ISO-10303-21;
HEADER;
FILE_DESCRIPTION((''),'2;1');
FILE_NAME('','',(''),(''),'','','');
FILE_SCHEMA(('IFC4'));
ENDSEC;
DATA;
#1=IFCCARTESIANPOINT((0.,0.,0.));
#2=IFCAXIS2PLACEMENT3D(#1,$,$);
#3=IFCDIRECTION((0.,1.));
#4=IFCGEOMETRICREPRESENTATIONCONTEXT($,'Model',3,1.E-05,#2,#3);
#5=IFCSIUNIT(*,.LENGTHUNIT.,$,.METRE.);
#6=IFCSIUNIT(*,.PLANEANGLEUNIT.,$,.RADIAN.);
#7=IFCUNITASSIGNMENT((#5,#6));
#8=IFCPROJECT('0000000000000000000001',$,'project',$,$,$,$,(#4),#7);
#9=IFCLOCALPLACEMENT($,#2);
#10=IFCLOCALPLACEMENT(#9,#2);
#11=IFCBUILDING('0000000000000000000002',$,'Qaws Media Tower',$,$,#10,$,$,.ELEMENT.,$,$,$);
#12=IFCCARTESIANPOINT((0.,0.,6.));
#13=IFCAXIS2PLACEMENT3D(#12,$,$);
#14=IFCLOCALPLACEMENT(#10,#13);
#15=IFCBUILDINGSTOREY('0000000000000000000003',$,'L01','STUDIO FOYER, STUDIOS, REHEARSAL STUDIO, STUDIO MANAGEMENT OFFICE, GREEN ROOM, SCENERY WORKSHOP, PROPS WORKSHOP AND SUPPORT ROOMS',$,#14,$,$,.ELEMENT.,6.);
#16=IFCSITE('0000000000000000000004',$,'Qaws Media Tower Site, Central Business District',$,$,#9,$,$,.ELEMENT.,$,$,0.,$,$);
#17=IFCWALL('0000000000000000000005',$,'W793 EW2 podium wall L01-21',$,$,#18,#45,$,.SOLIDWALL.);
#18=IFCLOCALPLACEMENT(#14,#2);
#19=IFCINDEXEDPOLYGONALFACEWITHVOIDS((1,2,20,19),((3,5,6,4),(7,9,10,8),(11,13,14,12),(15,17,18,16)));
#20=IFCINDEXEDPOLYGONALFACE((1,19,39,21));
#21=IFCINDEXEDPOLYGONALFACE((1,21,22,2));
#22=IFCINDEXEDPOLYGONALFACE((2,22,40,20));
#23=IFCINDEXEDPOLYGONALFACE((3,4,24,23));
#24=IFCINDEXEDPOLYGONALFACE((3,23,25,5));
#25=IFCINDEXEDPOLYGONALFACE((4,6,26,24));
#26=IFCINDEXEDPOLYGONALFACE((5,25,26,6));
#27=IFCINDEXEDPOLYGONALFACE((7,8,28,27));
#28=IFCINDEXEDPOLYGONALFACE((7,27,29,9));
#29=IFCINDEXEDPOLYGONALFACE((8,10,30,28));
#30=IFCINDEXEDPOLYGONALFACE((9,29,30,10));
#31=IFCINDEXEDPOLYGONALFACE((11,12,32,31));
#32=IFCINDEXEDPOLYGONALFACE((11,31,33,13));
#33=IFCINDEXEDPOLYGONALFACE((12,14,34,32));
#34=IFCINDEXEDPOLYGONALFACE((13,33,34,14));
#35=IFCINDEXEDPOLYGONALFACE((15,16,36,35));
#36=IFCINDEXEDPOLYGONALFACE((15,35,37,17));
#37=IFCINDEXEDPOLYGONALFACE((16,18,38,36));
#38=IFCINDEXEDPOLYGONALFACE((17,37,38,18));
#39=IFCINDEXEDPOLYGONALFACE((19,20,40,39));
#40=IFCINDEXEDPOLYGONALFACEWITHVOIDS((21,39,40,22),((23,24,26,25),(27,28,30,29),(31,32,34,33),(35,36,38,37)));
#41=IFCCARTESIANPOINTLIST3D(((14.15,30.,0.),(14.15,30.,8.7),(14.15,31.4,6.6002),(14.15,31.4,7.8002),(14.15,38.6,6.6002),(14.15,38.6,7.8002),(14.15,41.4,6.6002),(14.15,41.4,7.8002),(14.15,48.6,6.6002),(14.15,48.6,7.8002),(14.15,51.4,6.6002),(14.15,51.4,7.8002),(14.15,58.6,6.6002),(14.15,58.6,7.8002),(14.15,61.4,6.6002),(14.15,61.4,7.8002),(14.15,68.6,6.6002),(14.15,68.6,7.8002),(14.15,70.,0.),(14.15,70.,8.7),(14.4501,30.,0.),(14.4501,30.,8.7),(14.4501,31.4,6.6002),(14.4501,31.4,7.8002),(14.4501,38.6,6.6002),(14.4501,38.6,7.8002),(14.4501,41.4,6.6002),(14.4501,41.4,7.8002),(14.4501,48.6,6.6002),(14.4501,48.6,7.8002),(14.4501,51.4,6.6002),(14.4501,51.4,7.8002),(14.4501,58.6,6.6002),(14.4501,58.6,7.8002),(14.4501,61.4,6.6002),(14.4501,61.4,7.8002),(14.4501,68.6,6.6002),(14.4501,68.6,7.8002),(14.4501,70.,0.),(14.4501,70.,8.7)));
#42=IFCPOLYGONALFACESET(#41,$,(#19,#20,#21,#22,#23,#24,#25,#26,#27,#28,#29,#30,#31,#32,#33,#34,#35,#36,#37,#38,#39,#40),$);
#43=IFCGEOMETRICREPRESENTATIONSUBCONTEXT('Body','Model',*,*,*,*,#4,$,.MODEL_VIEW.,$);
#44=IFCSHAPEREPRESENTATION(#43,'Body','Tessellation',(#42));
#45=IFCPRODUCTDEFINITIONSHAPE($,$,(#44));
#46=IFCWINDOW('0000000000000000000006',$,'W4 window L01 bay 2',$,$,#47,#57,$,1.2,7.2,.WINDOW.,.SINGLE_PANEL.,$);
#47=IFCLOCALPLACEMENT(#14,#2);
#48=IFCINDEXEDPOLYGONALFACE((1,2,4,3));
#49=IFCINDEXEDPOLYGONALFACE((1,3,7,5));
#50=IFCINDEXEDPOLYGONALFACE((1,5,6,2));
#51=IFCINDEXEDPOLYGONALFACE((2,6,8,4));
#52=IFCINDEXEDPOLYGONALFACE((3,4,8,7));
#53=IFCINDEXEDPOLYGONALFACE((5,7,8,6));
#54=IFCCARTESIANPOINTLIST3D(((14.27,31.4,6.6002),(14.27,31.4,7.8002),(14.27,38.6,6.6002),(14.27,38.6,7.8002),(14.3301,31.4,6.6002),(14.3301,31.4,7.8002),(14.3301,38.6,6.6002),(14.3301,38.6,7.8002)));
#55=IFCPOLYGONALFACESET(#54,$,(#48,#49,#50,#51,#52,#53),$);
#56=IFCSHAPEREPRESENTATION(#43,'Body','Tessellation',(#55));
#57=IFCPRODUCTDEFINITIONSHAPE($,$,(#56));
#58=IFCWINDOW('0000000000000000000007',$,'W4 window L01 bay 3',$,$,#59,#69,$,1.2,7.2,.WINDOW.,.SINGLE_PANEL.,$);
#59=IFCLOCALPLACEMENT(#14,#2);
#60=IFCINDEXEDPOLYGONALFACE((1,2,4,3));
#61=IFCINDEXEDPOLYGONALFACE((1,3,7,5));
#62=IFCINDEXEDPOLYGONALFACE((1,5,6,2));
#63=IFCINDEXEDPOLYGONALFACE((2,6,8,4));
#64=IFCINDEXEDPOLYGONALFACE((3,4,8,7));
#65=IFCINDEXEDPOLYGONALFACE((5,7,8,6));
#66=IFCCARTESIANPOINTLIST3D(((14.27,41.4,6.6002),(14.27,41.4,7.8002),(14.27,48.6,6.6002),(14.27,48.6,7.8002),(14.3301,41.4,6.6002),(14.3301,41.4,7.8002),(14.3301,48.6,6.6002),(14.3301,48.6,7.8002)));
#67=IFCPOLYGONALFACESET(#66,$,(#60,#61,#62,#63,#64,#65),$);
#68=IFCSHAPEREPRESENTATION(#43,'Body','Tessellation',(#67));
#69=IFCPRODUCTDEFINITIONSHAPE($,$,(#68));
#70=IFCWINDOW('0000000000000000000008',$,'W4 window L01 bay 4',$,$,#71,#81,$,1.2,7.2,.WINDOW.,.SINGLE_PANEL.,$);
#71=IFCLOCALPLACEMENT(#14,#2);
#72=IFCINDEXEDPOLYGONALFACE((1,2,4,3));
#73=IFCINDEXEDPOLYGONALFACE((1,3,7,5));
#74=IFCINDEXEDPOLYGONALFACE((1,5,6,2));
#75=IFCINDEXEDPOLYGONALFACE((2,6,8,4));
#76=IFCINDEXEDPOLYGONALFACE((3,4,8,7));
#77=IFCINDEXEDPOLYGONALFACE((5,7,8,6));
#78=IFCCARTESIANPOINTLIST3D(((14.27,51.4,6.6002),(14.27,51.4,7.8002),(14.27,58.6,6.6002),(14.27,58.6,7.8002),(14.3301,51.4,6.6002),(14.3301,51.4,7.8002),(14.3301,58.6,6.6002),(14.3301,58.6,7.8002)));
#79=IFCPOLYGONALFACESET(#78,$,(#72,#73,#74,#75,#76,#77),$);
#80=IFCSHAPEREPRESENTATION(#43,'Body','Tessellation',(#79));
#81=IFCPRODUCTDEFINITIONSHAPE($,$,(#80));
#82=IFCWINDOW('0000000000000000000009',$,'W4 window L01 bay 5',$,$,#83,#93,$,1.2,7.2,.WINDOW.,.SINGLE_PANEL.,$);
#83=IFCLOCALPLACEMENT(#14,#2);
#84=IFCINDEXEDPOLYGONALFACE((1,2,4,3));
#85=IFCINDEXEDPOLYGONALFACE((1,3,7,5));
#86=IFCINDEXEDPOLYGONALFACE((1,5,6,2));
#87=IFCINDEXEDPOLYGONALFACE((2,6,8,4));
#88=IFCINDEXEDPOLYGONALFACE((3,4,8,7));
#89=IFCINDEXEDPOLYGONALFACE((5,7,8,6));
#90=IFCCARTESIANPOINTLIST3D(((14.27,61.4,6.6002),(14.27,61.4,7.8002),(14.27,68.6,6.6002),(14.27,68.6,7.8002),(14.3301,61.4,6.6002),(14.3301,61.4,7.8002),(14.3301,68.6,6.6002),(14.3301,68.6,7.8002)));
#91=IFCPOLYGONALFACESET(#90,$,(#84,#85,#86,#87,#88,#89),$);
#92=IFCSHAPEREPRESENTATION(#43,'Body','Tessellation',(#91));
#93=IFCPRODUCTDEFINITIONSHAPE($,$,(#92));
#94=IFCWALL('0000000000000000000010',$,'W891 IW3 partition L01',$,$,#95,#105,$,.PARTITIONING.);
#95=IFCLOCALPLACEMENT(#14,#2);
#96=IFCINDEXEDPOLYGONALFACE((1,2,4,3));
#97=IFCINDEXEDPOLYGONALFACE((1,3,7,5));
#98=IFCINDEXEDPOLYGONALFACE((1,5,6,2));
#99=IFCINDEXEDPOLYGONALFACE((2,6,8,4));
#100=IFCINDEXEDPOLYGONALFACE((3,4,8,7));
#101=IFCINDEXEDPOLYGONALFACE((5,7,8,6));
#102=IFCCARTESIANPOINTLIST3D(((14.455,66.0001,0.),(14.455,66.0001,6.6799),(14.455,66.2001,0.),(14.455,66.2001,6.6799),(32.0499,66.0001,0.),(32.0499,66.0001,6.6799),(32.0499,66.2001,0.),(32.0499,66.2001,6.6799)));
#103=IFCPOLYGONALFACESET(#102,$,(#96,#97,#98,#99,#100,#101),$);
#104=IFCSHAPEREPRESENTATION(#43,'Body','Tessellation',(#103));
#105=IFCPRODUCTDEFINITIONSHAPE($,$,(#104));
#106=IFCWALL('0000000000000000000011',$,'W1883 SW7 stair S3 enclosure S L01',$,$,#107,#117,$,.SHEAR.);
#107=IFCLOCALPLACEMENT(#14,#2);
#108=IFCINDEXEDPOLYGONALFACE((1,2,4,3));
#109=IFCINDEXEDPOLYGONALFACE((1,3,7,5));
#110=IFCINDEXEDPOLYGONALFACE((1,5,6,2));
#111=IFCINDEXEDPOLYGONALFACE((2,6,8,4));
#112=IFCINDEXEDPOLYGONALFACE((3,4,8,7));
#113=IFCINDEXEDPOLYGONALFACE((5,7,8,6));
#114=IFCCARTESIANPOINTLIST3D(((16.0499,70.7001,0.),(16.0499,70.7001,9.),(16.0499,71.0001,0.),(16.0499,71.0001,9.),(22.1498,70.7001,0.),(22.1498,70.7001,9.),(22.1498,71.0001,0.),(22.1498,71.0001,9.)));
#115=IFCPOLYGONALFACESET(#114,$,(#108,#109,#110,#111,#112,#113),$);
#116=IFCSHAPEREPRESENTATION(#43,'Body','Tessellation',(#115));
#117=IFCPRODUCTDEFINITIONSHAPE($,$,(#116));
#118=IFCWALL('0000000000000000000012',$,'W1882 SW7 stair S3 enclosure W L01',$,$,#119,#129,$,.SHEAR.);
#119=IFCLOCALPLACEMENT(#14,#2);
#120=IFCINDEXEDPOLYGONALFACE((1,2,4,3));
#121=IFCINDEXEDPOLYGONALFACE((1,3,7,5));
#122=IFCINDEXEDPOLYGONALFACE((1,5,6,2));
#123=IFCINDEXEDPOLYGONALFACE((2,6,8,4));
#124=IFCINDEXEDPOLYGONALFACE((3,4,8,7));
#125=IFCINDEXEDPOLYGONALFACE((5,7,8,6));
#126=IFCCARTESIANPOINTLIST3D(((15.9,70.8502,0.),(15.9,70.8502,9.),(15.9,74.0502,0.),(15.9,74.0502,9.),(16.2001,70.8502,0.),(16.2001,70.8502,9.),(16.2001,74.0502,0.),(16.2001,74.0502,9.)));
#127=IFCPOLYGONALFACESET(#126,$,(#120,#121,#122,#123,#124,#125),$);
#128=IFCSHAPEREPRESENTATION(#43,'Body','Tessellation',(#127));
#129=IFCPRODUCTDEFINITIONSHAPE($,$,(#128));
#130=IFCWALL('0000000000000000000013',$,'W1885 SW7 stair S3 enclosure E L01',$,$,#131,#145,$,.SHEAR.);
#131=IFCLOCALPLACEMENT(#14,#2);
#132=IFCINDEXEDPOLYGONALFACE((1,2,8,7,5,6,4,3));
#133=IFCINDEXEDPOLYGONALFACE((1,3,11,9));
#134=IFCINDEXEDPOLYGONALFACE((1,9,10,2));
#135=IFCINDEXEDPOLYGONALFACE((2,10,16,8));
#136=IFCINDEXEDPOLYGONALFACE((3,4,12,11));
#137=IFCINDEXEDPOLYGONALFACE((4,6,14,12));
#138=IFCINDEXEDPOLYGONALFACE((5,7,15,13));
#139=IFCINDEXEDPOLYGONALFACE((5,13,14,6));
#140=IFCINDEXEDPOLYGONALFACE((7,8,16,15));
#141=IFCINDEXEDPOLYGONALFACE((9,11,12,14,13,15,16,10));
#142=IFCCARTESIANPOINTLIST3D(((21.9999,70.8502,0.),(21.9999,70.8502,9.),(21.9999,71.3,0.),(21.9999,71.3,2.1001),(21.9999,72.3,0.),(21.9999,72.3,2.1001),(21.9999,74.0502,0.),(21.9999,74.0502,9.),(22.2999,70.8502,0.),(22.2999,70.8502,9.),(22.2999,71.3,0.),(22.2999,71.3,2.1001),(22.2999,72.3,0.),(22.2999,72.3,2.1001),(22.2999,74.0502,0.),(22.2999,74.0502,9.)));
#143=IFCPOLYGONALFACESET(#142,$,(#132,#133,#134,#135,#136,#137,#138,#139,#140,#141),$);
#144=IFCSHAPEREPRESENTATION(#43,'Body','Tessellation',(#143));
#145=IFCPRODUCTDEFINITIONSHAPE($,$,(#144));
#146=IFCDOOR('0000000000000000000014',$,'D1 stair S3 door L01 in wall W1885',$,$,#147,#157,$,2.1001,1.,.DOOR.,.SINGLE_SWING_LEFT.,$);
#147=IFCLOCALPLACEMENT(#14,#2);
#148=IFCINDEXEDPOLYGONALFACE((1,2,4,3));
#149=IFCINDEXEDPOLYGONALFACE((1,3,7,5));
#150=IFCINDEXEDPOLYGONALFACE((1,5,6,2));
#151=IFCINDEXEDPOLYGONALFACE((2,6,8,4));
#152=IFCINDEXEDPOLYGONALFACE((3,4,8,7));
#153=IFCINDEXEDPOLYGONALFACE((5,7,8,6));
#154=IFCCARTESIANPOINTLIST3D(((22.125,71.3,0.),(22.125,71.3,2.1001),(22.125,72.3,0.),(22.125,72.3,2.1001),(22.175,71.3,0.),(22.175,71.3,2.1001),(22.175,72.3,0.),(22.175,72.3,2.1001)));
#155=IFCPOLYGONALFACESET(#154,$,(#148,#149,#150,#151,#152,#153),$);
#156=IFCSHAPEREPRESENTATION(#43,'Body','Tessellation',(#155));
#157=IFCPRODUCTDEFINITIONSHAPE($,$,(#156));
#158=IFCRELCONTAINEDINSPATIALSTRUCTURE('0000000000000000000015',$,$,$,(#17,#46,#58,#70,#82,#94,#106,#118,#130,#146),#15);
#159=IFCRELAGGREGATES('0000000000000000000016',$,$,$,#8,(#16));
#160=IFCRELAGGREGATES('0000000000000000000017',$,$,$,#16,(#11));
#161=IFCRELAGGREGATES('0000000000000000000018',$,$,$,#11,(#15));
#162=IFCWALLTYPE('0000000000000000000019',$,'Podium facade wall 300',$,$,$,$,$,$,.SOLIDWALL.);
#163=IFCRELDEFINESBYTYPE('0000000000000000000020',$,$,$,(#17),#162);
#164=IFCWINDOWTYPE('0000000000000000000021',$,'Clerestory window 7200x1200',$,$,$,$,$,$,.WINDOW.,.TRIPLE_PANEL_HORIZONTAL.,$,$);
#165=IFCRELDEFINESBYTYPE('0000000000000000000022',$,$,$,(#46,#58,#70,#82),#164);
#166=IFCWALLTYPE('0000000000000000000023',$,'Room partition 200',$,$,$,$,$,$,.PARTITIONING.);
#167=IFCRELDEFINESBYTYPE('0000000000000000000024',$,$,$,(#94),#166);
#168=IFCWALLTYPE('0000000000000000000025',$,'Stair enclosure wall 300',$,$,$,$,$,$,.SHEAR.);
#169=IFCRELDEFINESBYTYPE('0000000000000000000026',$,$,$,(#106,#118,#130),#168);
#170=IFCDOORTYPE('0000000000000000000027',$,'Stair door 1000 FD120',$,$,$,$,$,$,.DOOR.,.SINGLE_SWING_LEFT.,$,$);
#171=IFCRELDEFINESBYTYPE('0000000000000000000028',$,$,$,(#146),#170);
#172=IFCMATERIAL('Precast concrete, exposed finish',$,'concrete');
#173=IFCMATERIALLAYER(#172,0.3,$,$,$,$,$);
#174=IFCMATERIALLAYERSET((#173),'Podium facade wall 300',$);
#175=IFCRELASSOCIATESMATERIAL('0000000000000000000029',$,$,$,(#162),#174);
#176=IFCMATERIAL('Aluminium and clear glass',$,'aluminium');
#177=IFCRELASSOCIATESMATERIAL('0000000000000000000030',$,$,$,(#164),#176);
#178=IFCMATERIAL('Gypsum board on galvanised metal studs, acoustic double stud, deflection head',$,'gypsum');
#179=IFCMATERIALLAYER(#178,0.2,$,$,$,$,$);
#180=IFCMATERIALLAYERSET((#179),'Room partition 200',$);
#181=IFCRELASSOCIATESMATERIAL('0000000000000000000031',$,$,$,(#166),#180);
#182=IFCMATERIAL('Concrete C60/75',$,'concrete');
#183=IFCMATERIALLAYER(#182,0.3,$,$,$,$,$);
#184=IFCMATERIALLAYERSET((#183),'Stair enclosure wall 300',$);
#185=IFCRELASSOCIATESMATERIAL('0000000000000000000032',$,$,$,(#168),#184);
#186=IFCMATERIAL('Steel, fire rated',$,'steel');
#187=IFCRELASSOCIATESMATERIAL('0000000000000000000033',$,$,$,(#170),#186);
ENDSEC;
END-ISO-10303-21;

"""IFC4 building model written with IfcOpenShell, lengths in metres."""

from ifc_helpers import new_model, si_unit, direction, frame, frame_2d, origin, place, context, subcontext, project, spatial, rectangle, extrude, material, layer, layer_set, type_object, element, fill, save


model = new_model("IFC4")

# Units and contexts
model_context = context("Model", 3, precision=1e-05, world=origin(), true_north=direction((0.0, 1.0)))
body_context = subcontext(model_context, "Body", "Model", "MODEL_VIEW")
ifc_project = project(units=[si_unit("LENGTHUNIT", "METRE"), si_unit("PLANEANGLEUNIT", "RADIAN")], contexts=[model_context])

# Site, building, storey
site_placement = place(None, origin())
site = spatial("IfcSite", under=ifc_project, at=site_placement, Name="Qaws Media Tower Site, Central Business District", CompositionType="ELEMENT", RefElevation=0.0)
building_placement = place(site_placement, origin())
building = spatial("IfcBuilding", under=site, at=building_placement, Name="Qaws Media Tower", CompositionType="ELEMENT")
storey_placement = place(building_placement, frame((0.0, 0.0, 6.0)))
storey = spatial("IfcBuildingStorey", under=building, at=storey_placement, Name="L01", Description="STUDIO FOYER, STUDIOS, REHEARSAL STUDIO, STUDIO MANAGEMENT OFFICE, GREEN ROOM, SCENERY WORKSHOP, PROPS WORKSHOP AND SUPPORT ROOMS", CompositionType="ELEMENT", Elevation=6.0)

# Wall, openings, windows
ifc_material_1 = material(Name="Precast concrete, exposed finish", Category="concrete")
ifc_layer_1 = layer(ifc_material_1, 0.3)
ifc_layer_set_1 = layer_set([ifc_layer_1], Name="Podium facade wall 300")
wall_type_1 = type_object("IfcWallType", Name="Podium facade wall 300", PredefinedType="SOLIDWALL", material=ifc_layer_set_1)
wall_1_placement = place(storey_placement, frame((14.3, 70.0, 0.0), z_axis=(0.0, 0.0, 1.0), x_axis=(0.0, -1.0, 0.0)))
wall_1 = element("IfcWall", 1, at=wall_1_placement, inside=storey, type_object=wall_type_1, Name="W793 EW2 podium wall L01-21", PredefinedType="SOLIDWALL", context=body_context, shape_type="SweptSolid", body=[
    extrude(rectangle(XDim=40.0, YDim=0.3, at=frame_2d((20.0, 0.0))), origin(), (0.0, 0.0, 1.0), 8.7),
])
opening_1_placement = place(wall_1_placement, frame((31.3999, 0.0, 6.6001)))
opening_1 = element("IfcOpeningElement", 2, at=opening_1_placement, cuts=wall_1, PredefinedType="OPENING", context=body_context, shape_type="SweptSolid", body=[
    extrude(rectangle(XDim=7.2, YDim=1.2, at=frame_2d((3.6001, 0.6001))), frame((0.0, 0.1599, 0.0), z_axis=(0.0, -1.0, 0.0), x_axis=(1.0, 0.0, 0.0)), (0.0, 0.0, 1.0), 0.3201),
])
opening_2_placement = place(wall_1_placement, frame((21.3999, 0.0, 6.6001)))
opening_2 = element("IfcOpeningElement", 3, at=opening_2_placement, cuts=wall_1, PredefinedType="OPENING", context=body_context, shape_type="SweptSolid", body=[
    extrude(rectangle(XDim=7.2, YDim=1.2, at=frame_2d((3.6001, 0.6001))), frame((0.0, 0.1599, 0.0), z_axis=(0.0, -1.0, 0.0), x_axis=(1.0, 0.0, 0.0)), (0.0, 0.0, 1.0), 0.3201),
])
opening_3_placement = place(wall_1_placement, frame((11.3999, 0.0, 6.6001)))
opening_3 = element("IfcOpeningElement", 4, at=opening_3_placement, cuts=wall_1, PredefinedType="OPENING", context=body_context, shape_type="SweptSolid", body=[
    extrude(rectangle(XDim=7.2, YDim=1.2, at=frame_2d((3.6001, 0.6001))), frame((0.0, 0.1599, 0.0), z_axis=(0.0, -1.0, 0.0), x_axis=(1.0, 0.0, 0.0)), (0.0, 0.0, 1.0), 0.3201),
])
opening_4_placement = place(wall_1_placement, frame((1.3999, 0.0, 6.6001)))
opening_4 = element("IfcOpeningElement", 5, at=opening_4_placement, cuts=wall_1, PredefinedType="OPENING", context=body_context, shape_type="SweptSolid", body=[
    extrude(rectangle(XDim=7.2, YDim=1.2, at=frame_2d((3.6001, 0.6001))), frame((0.0, 0.1599, 0.0), z_axis=(0.0, -1.0, 0.0), x_axis=(1.0, 0.0, 0.0)), (0.0, 0.0, 1.0), 0.3201),
])
ifc_material_2 = material(Name="Aluminium and clear glass", Category="aluminium")
window_type = type_object("IfcWindowType", Name="Clerestory window 7200x1200", PartitioningType="TRIPLE_PANEL_HORIZONTAL", PredefinedType="WINDOW", material=ifc_material_2)
window_1_placement = place(opening_1_placement, origin())
window_1 = element("IfcWindow", 6, at=window_1_placement, inside=storey, type_object=window_type, Name="W4 window L01 bay 2", OverallHeight=1.2, OverallWidth=7.2, PartitioningType="SINGLE_PANEL", PredefinedType="WINDOW", context=body_context, shape_type="SweptSolid", body=[
    extrude(rectangle(XDim=7.2, YDim=1.2, at=frame_2d((3.6001, 0.6001))), frame((0.0, 0.03, 0.0), z_axis=(0.0, -1.0, 0.0), x_axis=(1.0, 0.0, 0.0)), (0.0, 0.0, 1.0), 0.0601),
])
fill(opening_1, window_1)
window_2_placement = place(opening_2_placement, origin())
window_2 = element("IfcWindow", 7, at=window_2_placement, inside=storey, type_object=window_type, Name="W4 window L01 bay 3", OverallHeight=1.2, OverallWidth=7.2, PartitioningType="SINGLE_PANEL", PredefinedType="WINDOW", context=body_context, shape_type="SweptSolid", body=[
    extrude(rectangle(XDim=7.2, YDim=1.2, at=frame_2d((3.6001, 0.6001))), frame((0.0, 0.03, 0.0), z_axis=(0.0, -1.0, 0.0), x_axis=(1.0, 0.0, 0.0)), (0.0, 0.0, 1.0), 0.0601),
])
fill(opening_2, window_2)
window_3_placement = place(opening_3_placement, origin())
window_3 = element("IfcWindow", 8, at=window_3_placement, inside=storey, type_object=window_type, Name="W4 window L01 bay 4", OverallHeight=1.2, OverallWidth=7.2, PartitioningType="SINGLE_PANEL", PredefinedType="WINDOW", context=body_context, shape_type="SweptSolid", body=[
    extrude(rectangle(XDim=7.2, YDim=1.2, at=frame_2d((3.6001, 0.6001))), frame((0.0, 0.03, 0.0), z_axis=(0.0, -1.0, 0.0), x_axis=(1.0, 0.0, 0.0)), (0.0, 0.0, 1.0), 0.0601),
])
fill(opening_3, window_3)
window_4_placement = place(opening_4_placement, origin())
window_4 = element("IfcWindow", 9, at=window_4_placement, inside=storey, type_object=window_type, Name="W4 window L01 bay 5", OverallHeight=1.2, OverallWidth=7.2, PartitioningType="SINGLE_PANEL", PredefinedType="WINDOW", context=body_context, shape_type="SweptSolid", body=[
    extrude(rectangle(XDim=7.2, YDim=1.2, at=frame_2d((3.6001, 0.6001))), frame((0.0, 0.03, 0.0), z_axis=(0.0, -1.0, 0.0), x_axis=(1.0, 0.0, 0.0)), (0.0, 0.0, 1.0), 0.0601),
])
fill(opening_4, window_4)

# Walls
ifc_material_3 = material(Name="Gypsum board on galvanised metal studs, acoustic double stud, deflection head", Category="gypsum")
ifc_layer_2 = layer(ifc_material_3, 0.2)
ifc_layer_set_2 = layer_set([ifc_layer_2], Name="Room partition 200")
wall_type_2 = type_object("IfcWallType", Name="Room partition 200", PredefinedType="PARTITIONING", material=ifc_layer_set_2)
wall_2_placement = place(storey_placement, frame((14.4551, 66.1001, 0.0), z_axis=(0.0, 0.0, 1.0), x_axis=(1.0, 0.0, 0.0)))
element("IfcWall", 10, at=wall_2_placement, inside=storey, type_object=wall_type_2, Name="W891 IW3 partition L01", PredefinedType="PARTITIONING", context=body_context, shape_type="SweptSolid", body=[
    extrude(rectangle(XDim=17.595, YDim=0.2, at=frame_2d((8.7974, 0.0))), origin(), (0.0, 0.0, 1.0), 6.6799),
])
ifc_material_4 = material(Name="Concrete C60/75", Category="concrete")
ifc_layer_3 = layer(ifc_material_4, 0.3)
ifc_layer_set_3 = layer_set([ifc_layer_3], Name="Stair enclosure wall 300")
wall_type_3 = type_object("IfcWallType", Name="Stair enclosure wall 300", PredefinedType="SHEAR", material=ifc_layer_set_3)
wall_3_placement = place(storey_placement, frame((16.05, 70.8501, 0.0), z_axis=(0.0, 0.0, 1.0), x_axis=(1.0, 0.0, 0.0)))
element("IfcWall", 11, at=wall_3_placement, inside=storey, type_object=wall_type_3, Name="W1883 SW7 stair S3 enclosure S L01", PredefinedType="SHEAR", context=body_context, shape_type="SweptSolid", body=[
    extrude(rectangle(XDim=6.0999, YDim=0.3, at=frame_2d((3.0498, 0.0))), origin(), (0.0, 0.0, 1.0), 9.0),
])
wall_4_placement = place(storey_placement, frame((16.05, 70.8501, 0.0), z_axis=(0.0, 0.0, 1.0), x_axis=(0.0, 1.0, 0.0)))
element("IfcWall", 12, at=wall_4_placement, inside=storey, type_object=wall_type_3, Name="W1882 SW7 stair S3 enclosure W L01", PredefinedType="SHEAR", context=body_context, shape_type="SweptSolid", body=[
    extrude(rectangle(XDim=3.2, YDim=0.3, at=frame_2d((1.6001, 0.0))), origin(), (0.0, 0.0, 1.0), 9.0),
])

# Wall, opening, door
wall_5_placement = place(storey_placement, frame((22.1499, 70.8501, 0.0), z_axis=(0.0, 0.0, 1.0), x_axis=(0.0, 1.0, 0.0)))
wall_5 = element("IfcWall", 13, at=wall_5_placement, inside=storey, type_object=wall_type_3, Name="W1885 SW7 stair S3 enclosure E L01", PredefinedType="SHEAR", context=body_context, shape_type="SweptSolid", body=[
    extrude(rectangle(XDim=3.2, YDim=0.3, at=frame_2d((1.6001, 0.0))), origin(), (0.0, 0.0, 1.0), 9.0),
])
opening_5_placement = place(wall_5_placement, frame((0.45, 0.0, 0.0)))
opening_5 = element("IfcOpeningElement", 14, at=opening_5_placement, cuts=wall_5, PredefinedType="OPENING", context=body_context, shape_type="SweptSolid", body=[
    extrude(rectangle(XDim=1.0, YDim=2.1001, at=frame_2d((0.5, 1.05))), frame((0.0, 0.1599, 0.0), z_axis=(0.0, -1.0, 0.0), x_axis=(1.0, 0.0, 0.0)), (0.0, 0.0, 1.0), 0.3201),
])
ifc_material_5 = material(Name="Steel, fire rated", Category="steel")
door_type = type_object("IfcDoorType", Name="Stair door 1000 FD120", OperationType="SINGLE_SWING_LEFT", PredefinedType="DOOR", material=ifc_material_5)
door_placement = place(opening_5_placement, origin())
door = element("IfcDoor", 15, at=door_placement, inside=storey, type_object=door_type, Name="D1 stair S3 door L01 in wall W1885", OperationType="SINGLE_SWING_LEFT", OverallHeight=2.1001, OverallWidth=1.0, PredefinedType="DOOR", context=body_context, shape_type="SweptSolid", body=[
    extrude(rectangle(XDim=1.0, YDim=2.1001, at=frame_2d((0.5, 1.05))), frame((0.0, 0.0249, 0.0), z_axis=(0.0, -1.0, 0.0), x_axis=(1.0, 0.0, 0.0)), (0.0, 0.0, 1.0), 0.05),
])
fill(opening_5, door)

save(model, "model.ifc")
